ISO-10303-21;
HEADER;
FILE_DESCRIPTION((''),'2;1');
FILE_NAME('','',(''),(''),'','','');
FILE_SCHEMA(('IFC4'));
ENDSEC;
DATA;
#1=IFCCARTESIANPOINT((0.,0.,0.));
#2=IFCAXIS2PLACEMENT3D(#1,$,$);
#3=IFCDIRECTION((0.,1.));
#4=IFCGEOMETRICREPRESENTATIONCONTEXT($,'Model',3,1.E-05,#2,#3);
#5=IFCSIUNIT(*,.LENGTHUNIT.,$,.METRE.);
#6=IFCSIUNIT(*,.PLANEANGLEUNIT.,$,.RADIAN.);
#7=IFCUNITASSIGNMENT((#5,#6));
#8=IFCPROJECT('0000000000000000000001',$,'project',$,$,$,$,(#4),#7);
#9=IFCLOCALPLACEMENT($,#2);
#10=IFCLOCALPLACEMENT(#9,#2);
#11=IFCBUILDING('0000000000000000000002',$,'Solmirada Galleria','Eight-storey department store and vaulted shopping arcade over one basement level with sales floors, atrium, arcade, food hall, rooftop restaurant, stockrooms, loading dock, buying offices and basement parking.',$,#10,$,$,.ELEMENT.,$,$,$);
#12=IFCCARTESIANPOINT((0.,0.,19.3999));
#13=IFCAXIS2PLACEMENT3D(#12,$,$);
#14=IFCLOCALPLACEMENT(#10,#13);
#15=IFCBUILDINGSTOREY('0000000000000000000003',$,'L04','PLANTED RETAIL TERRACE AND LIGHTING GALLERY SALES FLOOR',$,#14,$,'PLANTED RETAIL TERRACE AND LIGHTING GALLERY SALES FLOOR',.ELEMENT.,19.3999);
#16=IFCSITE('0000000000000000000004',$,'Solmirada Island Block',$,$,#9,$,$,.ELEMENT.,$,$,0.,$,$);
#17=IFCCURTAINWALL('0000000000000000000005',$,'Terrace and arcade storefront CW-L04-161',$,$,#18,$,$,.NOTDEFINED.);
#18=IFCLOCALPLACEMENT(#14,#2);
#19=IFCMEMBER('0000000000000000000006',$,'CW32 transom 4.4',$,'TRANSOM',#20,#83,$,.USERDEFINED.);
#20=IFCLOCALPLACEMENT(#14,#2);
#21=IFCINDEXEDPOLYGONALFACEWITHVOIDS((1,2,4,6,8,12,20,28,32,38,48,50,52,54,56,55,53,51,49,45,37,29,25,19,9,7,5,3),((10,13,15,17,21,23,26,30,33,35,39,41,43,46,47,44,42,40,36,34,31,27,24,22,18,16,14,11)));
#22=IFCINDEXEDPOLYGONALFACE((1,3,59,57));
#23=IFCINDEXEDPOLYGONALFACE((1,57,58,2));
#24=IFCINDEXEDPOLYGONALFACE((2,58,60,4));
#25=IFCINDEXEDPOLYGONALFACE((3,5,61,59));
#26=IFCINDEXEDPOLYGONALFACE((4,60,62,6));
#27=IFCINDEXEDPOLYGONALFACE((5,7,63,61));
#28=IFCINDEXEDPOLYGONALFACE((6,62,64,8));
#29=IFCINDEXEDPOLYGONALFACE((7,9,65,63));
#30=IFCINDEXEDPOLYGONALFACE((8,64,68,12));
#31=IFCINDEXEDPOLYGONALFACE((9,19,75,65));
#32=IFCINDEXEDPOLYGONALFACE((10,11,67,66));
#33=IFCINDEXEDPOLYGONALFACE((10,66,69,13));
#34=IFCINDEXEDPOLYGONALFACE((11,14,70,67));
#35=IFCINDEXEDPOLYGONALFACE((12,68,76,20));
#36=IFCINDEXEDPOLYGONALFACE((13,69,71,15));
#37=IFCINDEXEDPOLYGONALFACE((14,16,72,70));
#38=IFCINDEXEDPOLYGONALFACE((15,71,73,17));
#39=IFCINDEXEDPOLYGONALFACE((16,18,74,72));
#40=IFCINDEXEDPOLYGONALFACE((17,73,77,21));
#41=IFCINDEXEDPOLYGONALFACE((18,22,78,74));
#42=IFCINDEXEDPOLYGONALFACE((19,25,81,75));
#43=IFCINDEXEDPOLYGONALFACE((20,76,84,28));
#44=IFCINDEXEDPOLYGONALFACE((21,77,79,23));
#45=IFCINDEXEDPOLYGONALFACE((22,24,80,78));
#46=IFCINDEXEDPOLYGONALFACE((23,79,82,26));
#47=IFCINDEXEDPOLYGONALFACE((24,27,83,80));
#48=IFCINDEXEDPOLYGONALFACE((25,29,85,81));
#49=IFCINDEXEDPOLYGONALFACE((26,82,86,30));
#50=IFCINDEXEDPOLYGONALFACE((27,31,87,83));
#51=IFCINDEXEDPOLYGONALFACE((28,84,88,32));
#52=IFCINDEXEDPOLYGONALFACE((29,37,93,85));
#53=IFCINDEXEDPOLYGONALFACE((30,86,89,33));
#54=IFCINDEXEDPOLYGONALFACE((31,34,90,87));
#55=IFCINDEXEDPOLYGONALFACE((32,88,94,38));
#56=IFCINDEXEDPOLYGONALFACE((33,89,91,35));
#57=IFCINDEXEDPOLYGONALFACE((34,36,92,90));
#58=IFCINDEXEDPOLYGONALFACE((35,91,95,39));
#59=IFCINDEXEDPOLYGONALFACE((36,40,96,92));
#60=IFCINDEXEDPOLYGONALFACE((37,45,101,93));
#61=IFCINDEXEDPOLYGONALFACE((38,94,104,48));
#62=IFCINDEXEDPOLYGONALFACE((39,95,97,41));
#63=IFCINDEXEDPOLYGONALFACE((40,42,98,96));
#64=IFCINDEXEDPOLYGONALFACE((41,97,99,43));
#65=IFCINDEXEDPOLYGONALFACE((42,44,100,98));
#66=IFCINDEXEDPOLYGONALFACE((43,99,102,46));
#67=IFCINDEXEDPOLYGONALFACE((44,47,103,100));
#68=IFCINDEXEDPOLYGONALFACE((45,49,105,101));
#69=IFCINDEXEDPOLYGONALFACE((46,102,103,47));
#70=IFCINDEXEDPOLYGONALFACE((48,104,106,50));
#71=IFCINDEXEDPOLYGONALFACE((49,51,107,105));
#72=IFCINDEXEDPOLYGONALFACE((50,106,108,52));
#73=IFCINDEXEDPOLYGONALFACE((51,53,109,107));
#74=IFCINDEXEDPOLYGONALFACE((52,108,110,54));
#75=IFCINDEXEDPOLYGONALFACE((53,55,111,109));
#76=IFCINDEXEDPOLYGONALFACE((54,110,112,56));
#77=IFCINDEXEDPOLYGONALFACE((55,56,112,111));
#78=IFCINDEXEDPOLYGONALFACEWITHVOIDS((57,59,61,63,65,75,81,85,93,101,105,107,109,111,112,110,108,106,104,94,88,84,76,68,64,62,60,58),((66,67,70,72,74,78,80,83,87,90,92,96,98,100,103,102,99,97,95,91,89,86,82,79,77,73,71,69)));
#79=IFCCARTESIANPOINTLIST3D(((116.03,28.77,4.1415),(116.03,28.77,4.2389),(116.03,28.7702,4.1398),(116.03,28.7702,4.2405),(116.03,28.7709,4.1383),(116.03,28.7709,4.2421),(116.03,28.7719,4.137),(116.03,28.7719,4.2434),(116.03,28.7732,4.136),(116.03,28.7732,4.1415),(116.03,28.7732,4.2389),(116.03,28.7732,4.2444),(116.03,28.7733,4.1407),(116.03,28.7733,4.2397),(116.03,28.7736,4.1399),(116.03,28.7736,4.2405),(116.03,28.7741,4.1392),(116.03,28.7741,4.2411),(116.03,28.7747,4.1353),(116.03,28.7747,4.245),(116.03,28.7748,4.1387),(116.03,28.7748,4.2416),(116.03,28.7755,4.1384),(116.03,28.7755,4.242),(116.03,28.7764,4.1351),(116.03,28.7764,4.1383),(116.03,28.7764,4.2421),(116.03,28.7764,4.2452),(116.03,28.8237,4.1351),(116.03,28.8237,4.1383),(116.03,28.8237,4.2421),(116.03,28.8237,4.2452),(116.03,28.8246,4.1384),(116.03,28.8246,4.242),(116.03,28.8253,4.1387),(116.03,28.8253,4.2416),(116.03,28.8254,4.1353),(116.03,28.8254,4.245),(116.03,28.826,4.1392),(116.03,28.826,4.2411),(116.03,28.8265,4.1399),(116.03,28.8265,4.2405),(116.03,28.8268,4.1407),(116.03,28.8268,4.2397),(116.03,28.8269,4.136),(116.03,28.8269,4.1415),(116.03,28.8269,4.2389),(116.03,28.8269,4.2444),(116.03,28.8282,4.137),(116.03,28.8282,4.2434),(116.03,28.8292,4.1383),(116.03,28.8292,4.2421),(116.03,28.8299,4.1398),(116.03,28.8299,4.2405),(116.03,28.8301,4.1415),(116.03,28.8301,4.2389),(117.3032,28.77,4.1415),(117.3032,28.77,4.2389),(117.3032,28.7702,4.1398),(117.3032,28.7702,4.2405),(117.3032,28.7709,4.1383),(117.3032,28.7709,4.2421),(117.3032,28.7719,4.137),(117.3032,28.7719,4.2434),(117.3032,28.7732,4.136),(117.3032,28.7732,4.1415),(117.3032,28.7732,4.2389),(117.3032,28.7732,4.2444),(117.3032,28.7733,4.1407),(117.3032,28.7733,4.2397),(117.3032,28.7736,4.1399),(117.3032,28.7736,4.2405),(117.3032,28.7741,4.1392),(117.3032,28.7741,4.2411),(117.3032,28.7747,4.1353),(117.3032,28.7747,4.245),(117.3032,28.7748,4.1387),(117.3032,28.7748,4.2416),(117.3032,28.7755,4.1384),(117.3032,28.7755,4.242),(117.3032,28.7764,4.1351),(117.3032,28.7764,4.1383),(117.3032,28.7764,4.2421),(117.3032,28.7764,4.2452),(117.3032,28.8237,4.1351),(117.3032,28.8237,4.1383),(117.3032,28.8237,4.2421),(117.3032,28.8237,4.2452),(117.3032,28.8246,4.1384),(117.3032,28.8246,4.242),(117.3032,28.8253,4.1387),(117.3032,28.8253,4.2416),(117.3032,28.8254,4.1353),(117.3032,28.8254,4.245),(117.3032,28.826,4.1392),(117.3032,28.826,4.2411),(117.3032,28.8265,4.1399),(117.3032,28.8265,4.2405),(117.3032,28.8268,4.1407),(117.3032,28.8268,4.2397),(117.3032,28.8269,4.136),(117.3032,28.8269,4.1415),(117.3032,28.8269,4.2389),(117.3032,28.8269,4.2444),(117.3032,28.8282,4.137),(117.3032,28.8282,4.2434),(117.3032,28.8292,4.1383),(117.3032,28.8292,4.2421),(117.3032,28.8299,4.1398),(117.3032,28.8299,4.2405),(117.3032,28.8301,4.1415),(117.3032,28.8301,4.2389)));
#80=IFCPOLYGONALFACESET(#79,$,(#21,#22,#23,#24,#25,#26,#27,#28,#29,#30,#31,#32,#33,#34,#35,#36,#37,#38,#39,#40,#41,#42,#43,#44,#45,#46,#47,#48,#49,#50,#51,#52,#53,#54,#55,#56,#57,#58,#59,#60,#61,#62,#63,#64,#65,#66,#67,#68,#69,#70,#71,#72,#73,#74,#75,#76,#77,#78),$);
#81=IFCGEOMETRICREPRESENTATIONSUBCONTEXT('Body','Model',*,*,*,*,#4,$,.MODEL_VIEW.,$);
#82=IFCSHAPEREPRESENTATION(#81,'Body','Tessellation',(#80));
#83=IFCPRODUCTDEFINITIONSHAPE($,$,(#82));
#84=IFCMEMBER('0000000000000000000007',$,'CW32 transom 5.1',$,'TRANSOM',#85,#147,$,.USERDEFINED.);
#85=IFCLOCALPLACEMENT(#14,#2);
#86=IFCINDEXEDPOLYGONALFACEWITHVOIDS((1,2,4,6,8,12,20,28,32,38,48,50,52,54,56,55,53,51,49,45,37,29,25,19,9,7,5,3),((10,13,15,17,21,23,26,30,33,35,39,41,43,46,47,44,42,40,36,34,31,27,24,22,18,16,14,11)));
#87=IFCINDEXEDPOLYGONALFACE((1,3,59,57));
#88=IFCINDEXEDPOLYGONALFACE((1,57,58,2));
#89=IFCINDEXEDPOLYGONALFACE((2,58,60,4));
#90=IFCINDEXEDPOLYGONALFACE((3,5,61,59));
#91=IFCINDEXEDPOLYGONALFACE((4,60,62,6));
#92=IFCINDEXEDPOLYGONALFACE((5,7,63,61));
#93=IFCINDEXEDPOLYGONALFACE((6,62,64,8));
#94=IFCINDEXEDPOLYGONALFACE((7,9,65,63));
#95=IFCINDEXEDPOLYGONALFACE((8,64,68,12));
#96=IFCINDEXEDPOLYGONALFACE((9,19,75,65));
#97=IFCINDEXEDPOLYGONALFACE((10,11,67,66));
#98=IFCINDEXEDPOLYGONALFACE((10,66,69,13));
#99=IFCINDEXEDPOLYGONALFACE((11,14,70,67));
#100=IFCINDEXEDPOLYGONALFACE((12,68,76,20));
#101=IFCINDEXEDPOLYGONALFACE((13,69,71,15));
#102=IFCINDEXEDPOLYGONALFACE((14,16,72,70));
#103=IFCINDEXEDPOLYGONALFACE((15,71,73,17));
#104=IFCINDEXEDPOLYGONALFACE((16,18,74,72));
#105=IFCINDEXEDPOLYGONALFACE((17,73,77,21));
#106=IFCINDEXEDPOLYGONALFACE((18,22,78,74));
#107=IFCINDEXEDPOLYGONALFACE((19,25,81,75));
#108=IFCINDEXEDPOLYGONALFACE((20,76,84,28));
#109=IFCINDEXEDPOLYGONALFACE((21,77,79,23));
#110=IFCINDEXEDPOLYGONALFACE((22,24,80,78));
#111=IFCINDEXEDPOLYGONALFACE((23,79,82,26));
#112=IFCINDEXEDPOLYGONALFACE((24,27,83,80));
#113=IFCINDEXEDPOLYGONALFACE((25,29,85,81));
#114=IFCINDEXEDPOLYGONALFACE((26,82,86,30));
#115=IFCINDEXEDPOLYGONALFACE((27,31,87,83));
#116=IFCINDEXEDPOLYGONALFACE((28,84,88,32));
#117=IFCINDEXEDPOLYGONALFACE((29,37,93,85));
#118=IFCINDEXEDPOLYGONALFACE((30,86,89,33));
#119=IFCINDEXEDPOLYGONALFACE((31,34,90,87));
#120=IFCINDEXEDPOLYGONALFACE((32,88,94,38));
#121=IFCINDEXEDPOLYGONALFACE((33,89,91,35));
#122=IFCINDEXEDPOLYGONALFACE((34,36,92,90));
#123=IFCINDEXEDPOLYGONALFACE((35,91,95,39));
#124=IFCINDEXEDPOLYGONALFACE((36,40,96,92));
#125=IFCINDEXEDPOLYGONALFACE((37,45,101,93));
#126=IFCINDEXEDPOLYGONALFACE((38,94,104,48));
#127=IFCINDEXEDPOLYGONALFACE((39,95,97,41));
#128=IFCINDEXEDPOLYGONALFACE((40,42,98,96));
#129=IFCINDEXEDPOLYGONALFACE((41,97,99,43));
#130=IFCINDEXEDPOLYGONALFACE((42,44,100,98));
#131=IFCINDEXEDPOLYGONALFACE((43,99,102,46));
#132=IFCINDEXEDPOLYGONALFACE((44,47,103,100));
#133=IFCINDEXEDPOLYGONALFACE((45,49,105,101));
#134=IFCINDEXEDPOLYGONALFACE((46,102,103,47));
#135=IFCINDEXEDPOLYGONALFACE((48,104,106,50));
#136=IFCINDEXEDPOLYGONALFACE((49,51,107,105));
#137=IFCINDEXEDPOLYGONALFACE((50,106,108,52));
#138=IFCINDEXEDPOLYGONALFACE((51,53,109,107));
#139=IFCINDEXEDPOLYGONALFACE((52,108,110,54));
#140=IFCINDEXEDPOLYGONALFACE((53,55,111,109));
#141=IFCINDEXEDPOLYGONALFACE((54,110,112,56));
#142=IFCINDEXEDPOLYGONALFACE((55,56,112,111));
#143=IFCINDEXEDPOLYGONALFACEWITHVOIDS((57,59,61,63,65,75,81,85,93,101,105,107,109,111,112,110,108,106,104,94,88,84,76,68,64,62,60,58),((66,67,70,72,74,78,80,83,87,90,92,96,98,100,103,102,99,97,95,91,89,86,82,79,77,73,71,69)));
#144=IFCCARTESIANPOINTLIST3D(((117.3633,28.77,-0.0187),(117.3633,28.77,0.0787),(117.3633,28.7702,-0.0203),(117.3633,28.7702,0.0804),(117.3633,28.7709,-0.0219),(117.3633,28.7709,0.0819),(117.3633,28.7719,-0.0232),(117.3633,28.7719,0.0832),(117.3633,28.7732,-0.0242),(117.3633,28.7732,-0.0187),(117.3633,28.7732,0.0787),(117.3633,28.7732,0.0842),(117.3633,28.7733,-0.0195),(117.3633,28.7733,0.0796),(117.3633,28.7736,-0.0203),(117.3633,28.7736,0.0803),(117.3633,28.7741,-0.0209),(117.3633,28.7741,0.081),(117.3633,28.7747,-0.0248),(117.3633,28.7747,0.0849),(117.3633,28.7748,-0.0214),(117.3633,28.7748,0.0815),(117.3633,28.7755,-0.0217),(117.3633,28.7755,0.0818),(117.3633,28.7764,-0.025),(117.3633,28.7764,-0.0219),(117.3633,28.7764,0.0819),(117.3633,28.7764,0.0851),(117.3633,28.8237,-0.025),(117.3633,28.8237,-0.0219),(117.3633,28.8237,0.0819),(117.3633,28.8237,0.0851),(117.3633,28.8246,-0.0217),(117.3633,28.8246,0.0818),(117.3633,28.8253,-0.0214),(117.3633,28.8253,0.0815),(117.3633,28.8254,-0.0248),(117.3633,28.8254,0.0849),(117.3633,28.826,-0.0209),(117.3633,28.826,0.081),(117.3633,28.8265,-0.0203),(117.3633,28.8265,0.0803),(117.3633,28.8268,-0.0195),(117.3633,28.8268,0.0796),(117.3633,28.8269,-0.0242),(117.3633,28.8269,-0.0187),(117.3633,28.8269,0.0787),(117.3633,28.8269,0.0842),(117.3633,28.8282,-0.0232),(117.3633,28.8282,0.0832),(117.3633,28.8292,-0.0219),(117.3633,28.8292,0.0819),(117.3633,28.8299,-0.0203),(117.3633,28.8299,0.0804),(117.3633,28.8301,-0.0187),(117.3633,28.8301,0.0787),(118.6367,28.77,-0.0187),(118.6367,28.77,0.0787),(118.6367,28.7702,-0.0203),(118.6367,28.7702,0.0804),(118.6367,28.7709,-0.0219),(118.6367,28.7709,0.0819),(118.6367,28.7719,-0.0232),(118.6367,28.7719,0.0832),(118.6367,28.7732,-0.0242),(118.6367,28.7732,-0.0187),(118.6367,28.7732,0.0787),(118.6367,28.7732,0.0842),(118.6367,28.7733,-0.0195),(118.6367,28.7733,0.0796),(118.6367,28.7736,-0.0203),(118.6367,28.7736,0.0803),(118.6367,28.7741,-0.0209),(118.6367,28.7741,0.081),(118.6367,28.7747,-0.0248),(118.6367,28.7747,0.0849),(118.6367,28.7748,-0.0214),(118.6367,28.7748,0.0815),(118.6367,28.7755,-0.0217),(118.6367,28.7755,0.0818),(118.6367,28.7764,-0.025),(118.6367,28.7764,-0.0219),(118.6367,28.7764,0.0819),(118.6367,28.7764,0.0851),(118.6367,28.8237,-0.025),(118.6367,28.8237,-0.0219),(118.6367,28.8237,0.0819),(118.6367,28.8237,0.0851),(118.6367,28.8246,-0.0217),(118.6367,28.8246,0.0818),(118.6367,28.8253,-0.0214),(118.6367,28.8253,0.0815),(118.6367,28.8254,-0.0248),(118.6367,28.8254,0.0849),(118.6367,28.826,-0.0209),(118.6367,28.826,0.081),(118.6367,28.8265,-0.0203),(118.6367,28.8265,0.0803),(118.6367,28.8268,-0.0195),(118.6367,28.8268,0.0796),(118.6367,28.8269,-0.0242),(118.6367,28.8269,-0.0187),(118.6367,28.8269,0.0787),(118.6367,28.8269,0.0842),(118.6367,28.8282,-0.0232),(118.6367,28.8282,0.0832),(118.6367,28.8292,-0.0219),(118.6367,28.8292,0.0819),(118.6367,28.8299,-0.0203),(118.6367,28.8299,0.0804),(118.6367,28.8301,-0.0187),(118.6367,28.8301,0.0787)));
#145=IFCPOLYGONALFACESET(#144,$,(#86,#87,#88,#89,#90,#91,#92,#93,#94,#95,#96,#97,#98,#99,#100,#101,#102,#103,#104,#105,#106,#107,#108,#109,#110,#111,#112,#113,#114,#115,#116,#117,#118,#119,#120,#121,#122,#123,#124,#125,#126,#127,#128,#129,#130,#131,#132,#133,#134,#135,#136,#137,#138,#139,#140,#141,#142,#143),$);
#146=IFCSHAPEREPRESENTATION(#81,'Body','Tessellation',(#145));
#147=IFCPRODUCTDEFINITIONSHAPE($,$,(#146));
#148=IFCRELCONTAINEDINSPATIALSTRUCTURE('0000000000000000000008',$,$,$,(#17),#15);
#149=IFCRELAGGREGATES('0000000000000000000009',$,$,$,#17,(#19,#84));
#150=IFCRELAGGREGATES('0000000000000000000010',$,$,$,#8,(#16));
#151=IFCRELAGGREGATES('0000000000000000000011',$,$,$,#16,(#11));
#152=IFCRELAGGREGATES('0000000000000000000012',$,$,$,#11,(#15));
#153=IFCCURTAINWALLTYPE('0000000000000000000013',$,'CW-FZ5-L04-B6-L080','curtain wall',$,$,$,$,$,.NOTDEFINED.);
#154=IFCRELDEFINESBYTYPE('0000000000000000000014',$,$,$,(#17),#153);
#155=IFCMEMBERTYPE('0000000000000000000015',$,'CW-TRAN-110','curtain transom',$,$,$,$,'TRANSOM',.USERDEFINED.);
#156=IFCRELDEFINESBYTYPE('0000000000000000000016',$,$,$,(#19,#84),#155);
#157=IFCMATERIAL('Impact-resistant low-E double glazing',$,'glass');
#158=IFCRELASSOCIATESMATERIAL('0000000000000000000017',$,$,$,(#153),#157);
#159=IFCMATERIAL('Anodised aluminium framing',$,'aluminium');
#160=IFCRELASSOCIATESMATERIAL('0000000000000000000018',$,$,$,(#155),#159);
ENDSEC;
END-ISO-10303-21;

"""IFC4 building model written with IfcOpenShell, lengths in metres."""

from ifc_helpers import new_model, si_unit, direction, frame, origin, origin_2d, place, context, subcontext, project, spatial, hollow_rectangle, extrude, material, material_profile, profile_set, type_object, element, aggregate, save


model = new_model("IFC4")

# Units and contexts
model_context = context("Model", 3, precision=1e-05, world=origin(), true_north=direction((0.0, 1.0)))
body_context = subcontext(model_context, "Body", "Model", "MODEL_VIEW")
ifc_project = project(units=[si_unit("LENGTHUNIT", "METRE"), si_unit("PLANEANGLEUNIT", "RADIAN")], contexts=[model_context])

# Site, building, storey
site_placement = place(None, origin())
site = spatial("IfcSite", under=ifc_project, at=site_placement, Name="Solmirada Island Block", CompositionType="ELEMENT", RefElevation=0.0)
building_placement = place(site_placement, origin())
building = spatial("IfcBuilding", under=site, at=building_placement, Name="Solmirada Galleria", Description="Eight-storey department store and vaulted shopping arcade over one basement level with sales floors, atrium, arcade, food hall, rooftop restaurant, stockrooms, loading dock, buying offices and basement parking.", CompositionType="ELEMENT")
storey_placement = place(building_placement, frame((0.0, 0.0, 19.3999)))
storey = spatial("IfcBuildingStorey", under=building, at=storey_placement, Name="L04", Description="PLANTED RETAIL TERRACE AND LIGHTING GALLERY SALES FLOOR", LongName="PLANTED RETAIL TERRACE AND LIGHTING GALLERY SALES FLOOR", CompositionType="ELEMENT", Elevation=19.3999)

# Curtain wall, members
ifc_material_1 = material(Name="Impact-resistant low-E double glazing", Category="glass")
curtain_wall_type = type_object("IfcCurtainWallType", Name="CW-FZ5-L04-B6-L080", Description="curtain wall", PredefinedType="NOTDEFINED", material=ifc_material_1)
curtain_wall_placement = place(storey_placement, origin())
curtain_wall = element("IfcCurtainWall", 1, at=curtain_wall_placement, inside=storey, type_object=curtain_wall_type, Name="Terrace and arcade storefront CW-L04-161", PredefinedType="NOTDEFINED")
ifc_material_2 = material(Name="Anodised aluminium framing", Category="aluminium")
ifc_material_profile_1 = material_profile(ifc_material_2, hollow_rectangle(XDim=0.0601, YDim=0.1101, WallThickness=0.0032, InnerFilletRadius=0.0032, OuterFilletRadius=0.0063, at=origin_2d()), Name="ALU-TRAN-110X60")
ifc_profile_set_1 = profile_set([ifc_material_profile_1], Name="Anodised aluminium framing")
member_type_1 = type_object("IfcMemberType", Name="CW-TRAN-110", Description="curtain transom", ElementType="TRANSOM", PredefinedType="USERDEFINED", material=ifc_profile_set_1)
member_1_placement = place(storey_placement, frame((116.03, 28.8, 4.1902), z_axis=(1.0, 0.0, 0.0), x_axis=(0.0, 1.0, 0.0)))
member_1 = element("IfcMember", 2, at=member_1_placement, type_object=member_type_1, Name="CW32 transom 4.4", ObjectType="TRANSOM", PredefinedType="USERDEFINED", context=body_context, shape_type="SweptSolid", body=[
    extrude(hollow_rectangle(XDim=0.0601, YDim=0.1101, WallThickness=0.0032, InnerFilletRadius=0.0032, OuterFilletRadius=0.0063, at=origin_2d()), origin(), (0.0, 0.0, 1.0), 1.2732),
])
member_2_placement = place(storey_placement, frame((117.3633, 28.8, 0.03), z_axis=(1.0, 0.0, 0.0), x_axis=(0.0, 1.0, 0.0)))
member_2 = element("IfcMember", 3, at=member_2_placement, type_object=member_type_1, Name="CW32 transom 5.1", ObjectType="TRANSOM", PredefinedType="USERDEFINED", context=body_context, shape_type="SweptSolid", body=[
    extrude(hollow_rectangle(XDim=0.0601, YDim=0.1101, WallThickness=0.0032, InnerFilletRadius=0.0032, OuterFilletRadius=0.0063, at=origin_2d()), origin(), (0.0, 0.0, 1.0), 1.2734),
])
aggregate(curtain_wall, [member_1, member_2])

save(model, "model.ifc")
